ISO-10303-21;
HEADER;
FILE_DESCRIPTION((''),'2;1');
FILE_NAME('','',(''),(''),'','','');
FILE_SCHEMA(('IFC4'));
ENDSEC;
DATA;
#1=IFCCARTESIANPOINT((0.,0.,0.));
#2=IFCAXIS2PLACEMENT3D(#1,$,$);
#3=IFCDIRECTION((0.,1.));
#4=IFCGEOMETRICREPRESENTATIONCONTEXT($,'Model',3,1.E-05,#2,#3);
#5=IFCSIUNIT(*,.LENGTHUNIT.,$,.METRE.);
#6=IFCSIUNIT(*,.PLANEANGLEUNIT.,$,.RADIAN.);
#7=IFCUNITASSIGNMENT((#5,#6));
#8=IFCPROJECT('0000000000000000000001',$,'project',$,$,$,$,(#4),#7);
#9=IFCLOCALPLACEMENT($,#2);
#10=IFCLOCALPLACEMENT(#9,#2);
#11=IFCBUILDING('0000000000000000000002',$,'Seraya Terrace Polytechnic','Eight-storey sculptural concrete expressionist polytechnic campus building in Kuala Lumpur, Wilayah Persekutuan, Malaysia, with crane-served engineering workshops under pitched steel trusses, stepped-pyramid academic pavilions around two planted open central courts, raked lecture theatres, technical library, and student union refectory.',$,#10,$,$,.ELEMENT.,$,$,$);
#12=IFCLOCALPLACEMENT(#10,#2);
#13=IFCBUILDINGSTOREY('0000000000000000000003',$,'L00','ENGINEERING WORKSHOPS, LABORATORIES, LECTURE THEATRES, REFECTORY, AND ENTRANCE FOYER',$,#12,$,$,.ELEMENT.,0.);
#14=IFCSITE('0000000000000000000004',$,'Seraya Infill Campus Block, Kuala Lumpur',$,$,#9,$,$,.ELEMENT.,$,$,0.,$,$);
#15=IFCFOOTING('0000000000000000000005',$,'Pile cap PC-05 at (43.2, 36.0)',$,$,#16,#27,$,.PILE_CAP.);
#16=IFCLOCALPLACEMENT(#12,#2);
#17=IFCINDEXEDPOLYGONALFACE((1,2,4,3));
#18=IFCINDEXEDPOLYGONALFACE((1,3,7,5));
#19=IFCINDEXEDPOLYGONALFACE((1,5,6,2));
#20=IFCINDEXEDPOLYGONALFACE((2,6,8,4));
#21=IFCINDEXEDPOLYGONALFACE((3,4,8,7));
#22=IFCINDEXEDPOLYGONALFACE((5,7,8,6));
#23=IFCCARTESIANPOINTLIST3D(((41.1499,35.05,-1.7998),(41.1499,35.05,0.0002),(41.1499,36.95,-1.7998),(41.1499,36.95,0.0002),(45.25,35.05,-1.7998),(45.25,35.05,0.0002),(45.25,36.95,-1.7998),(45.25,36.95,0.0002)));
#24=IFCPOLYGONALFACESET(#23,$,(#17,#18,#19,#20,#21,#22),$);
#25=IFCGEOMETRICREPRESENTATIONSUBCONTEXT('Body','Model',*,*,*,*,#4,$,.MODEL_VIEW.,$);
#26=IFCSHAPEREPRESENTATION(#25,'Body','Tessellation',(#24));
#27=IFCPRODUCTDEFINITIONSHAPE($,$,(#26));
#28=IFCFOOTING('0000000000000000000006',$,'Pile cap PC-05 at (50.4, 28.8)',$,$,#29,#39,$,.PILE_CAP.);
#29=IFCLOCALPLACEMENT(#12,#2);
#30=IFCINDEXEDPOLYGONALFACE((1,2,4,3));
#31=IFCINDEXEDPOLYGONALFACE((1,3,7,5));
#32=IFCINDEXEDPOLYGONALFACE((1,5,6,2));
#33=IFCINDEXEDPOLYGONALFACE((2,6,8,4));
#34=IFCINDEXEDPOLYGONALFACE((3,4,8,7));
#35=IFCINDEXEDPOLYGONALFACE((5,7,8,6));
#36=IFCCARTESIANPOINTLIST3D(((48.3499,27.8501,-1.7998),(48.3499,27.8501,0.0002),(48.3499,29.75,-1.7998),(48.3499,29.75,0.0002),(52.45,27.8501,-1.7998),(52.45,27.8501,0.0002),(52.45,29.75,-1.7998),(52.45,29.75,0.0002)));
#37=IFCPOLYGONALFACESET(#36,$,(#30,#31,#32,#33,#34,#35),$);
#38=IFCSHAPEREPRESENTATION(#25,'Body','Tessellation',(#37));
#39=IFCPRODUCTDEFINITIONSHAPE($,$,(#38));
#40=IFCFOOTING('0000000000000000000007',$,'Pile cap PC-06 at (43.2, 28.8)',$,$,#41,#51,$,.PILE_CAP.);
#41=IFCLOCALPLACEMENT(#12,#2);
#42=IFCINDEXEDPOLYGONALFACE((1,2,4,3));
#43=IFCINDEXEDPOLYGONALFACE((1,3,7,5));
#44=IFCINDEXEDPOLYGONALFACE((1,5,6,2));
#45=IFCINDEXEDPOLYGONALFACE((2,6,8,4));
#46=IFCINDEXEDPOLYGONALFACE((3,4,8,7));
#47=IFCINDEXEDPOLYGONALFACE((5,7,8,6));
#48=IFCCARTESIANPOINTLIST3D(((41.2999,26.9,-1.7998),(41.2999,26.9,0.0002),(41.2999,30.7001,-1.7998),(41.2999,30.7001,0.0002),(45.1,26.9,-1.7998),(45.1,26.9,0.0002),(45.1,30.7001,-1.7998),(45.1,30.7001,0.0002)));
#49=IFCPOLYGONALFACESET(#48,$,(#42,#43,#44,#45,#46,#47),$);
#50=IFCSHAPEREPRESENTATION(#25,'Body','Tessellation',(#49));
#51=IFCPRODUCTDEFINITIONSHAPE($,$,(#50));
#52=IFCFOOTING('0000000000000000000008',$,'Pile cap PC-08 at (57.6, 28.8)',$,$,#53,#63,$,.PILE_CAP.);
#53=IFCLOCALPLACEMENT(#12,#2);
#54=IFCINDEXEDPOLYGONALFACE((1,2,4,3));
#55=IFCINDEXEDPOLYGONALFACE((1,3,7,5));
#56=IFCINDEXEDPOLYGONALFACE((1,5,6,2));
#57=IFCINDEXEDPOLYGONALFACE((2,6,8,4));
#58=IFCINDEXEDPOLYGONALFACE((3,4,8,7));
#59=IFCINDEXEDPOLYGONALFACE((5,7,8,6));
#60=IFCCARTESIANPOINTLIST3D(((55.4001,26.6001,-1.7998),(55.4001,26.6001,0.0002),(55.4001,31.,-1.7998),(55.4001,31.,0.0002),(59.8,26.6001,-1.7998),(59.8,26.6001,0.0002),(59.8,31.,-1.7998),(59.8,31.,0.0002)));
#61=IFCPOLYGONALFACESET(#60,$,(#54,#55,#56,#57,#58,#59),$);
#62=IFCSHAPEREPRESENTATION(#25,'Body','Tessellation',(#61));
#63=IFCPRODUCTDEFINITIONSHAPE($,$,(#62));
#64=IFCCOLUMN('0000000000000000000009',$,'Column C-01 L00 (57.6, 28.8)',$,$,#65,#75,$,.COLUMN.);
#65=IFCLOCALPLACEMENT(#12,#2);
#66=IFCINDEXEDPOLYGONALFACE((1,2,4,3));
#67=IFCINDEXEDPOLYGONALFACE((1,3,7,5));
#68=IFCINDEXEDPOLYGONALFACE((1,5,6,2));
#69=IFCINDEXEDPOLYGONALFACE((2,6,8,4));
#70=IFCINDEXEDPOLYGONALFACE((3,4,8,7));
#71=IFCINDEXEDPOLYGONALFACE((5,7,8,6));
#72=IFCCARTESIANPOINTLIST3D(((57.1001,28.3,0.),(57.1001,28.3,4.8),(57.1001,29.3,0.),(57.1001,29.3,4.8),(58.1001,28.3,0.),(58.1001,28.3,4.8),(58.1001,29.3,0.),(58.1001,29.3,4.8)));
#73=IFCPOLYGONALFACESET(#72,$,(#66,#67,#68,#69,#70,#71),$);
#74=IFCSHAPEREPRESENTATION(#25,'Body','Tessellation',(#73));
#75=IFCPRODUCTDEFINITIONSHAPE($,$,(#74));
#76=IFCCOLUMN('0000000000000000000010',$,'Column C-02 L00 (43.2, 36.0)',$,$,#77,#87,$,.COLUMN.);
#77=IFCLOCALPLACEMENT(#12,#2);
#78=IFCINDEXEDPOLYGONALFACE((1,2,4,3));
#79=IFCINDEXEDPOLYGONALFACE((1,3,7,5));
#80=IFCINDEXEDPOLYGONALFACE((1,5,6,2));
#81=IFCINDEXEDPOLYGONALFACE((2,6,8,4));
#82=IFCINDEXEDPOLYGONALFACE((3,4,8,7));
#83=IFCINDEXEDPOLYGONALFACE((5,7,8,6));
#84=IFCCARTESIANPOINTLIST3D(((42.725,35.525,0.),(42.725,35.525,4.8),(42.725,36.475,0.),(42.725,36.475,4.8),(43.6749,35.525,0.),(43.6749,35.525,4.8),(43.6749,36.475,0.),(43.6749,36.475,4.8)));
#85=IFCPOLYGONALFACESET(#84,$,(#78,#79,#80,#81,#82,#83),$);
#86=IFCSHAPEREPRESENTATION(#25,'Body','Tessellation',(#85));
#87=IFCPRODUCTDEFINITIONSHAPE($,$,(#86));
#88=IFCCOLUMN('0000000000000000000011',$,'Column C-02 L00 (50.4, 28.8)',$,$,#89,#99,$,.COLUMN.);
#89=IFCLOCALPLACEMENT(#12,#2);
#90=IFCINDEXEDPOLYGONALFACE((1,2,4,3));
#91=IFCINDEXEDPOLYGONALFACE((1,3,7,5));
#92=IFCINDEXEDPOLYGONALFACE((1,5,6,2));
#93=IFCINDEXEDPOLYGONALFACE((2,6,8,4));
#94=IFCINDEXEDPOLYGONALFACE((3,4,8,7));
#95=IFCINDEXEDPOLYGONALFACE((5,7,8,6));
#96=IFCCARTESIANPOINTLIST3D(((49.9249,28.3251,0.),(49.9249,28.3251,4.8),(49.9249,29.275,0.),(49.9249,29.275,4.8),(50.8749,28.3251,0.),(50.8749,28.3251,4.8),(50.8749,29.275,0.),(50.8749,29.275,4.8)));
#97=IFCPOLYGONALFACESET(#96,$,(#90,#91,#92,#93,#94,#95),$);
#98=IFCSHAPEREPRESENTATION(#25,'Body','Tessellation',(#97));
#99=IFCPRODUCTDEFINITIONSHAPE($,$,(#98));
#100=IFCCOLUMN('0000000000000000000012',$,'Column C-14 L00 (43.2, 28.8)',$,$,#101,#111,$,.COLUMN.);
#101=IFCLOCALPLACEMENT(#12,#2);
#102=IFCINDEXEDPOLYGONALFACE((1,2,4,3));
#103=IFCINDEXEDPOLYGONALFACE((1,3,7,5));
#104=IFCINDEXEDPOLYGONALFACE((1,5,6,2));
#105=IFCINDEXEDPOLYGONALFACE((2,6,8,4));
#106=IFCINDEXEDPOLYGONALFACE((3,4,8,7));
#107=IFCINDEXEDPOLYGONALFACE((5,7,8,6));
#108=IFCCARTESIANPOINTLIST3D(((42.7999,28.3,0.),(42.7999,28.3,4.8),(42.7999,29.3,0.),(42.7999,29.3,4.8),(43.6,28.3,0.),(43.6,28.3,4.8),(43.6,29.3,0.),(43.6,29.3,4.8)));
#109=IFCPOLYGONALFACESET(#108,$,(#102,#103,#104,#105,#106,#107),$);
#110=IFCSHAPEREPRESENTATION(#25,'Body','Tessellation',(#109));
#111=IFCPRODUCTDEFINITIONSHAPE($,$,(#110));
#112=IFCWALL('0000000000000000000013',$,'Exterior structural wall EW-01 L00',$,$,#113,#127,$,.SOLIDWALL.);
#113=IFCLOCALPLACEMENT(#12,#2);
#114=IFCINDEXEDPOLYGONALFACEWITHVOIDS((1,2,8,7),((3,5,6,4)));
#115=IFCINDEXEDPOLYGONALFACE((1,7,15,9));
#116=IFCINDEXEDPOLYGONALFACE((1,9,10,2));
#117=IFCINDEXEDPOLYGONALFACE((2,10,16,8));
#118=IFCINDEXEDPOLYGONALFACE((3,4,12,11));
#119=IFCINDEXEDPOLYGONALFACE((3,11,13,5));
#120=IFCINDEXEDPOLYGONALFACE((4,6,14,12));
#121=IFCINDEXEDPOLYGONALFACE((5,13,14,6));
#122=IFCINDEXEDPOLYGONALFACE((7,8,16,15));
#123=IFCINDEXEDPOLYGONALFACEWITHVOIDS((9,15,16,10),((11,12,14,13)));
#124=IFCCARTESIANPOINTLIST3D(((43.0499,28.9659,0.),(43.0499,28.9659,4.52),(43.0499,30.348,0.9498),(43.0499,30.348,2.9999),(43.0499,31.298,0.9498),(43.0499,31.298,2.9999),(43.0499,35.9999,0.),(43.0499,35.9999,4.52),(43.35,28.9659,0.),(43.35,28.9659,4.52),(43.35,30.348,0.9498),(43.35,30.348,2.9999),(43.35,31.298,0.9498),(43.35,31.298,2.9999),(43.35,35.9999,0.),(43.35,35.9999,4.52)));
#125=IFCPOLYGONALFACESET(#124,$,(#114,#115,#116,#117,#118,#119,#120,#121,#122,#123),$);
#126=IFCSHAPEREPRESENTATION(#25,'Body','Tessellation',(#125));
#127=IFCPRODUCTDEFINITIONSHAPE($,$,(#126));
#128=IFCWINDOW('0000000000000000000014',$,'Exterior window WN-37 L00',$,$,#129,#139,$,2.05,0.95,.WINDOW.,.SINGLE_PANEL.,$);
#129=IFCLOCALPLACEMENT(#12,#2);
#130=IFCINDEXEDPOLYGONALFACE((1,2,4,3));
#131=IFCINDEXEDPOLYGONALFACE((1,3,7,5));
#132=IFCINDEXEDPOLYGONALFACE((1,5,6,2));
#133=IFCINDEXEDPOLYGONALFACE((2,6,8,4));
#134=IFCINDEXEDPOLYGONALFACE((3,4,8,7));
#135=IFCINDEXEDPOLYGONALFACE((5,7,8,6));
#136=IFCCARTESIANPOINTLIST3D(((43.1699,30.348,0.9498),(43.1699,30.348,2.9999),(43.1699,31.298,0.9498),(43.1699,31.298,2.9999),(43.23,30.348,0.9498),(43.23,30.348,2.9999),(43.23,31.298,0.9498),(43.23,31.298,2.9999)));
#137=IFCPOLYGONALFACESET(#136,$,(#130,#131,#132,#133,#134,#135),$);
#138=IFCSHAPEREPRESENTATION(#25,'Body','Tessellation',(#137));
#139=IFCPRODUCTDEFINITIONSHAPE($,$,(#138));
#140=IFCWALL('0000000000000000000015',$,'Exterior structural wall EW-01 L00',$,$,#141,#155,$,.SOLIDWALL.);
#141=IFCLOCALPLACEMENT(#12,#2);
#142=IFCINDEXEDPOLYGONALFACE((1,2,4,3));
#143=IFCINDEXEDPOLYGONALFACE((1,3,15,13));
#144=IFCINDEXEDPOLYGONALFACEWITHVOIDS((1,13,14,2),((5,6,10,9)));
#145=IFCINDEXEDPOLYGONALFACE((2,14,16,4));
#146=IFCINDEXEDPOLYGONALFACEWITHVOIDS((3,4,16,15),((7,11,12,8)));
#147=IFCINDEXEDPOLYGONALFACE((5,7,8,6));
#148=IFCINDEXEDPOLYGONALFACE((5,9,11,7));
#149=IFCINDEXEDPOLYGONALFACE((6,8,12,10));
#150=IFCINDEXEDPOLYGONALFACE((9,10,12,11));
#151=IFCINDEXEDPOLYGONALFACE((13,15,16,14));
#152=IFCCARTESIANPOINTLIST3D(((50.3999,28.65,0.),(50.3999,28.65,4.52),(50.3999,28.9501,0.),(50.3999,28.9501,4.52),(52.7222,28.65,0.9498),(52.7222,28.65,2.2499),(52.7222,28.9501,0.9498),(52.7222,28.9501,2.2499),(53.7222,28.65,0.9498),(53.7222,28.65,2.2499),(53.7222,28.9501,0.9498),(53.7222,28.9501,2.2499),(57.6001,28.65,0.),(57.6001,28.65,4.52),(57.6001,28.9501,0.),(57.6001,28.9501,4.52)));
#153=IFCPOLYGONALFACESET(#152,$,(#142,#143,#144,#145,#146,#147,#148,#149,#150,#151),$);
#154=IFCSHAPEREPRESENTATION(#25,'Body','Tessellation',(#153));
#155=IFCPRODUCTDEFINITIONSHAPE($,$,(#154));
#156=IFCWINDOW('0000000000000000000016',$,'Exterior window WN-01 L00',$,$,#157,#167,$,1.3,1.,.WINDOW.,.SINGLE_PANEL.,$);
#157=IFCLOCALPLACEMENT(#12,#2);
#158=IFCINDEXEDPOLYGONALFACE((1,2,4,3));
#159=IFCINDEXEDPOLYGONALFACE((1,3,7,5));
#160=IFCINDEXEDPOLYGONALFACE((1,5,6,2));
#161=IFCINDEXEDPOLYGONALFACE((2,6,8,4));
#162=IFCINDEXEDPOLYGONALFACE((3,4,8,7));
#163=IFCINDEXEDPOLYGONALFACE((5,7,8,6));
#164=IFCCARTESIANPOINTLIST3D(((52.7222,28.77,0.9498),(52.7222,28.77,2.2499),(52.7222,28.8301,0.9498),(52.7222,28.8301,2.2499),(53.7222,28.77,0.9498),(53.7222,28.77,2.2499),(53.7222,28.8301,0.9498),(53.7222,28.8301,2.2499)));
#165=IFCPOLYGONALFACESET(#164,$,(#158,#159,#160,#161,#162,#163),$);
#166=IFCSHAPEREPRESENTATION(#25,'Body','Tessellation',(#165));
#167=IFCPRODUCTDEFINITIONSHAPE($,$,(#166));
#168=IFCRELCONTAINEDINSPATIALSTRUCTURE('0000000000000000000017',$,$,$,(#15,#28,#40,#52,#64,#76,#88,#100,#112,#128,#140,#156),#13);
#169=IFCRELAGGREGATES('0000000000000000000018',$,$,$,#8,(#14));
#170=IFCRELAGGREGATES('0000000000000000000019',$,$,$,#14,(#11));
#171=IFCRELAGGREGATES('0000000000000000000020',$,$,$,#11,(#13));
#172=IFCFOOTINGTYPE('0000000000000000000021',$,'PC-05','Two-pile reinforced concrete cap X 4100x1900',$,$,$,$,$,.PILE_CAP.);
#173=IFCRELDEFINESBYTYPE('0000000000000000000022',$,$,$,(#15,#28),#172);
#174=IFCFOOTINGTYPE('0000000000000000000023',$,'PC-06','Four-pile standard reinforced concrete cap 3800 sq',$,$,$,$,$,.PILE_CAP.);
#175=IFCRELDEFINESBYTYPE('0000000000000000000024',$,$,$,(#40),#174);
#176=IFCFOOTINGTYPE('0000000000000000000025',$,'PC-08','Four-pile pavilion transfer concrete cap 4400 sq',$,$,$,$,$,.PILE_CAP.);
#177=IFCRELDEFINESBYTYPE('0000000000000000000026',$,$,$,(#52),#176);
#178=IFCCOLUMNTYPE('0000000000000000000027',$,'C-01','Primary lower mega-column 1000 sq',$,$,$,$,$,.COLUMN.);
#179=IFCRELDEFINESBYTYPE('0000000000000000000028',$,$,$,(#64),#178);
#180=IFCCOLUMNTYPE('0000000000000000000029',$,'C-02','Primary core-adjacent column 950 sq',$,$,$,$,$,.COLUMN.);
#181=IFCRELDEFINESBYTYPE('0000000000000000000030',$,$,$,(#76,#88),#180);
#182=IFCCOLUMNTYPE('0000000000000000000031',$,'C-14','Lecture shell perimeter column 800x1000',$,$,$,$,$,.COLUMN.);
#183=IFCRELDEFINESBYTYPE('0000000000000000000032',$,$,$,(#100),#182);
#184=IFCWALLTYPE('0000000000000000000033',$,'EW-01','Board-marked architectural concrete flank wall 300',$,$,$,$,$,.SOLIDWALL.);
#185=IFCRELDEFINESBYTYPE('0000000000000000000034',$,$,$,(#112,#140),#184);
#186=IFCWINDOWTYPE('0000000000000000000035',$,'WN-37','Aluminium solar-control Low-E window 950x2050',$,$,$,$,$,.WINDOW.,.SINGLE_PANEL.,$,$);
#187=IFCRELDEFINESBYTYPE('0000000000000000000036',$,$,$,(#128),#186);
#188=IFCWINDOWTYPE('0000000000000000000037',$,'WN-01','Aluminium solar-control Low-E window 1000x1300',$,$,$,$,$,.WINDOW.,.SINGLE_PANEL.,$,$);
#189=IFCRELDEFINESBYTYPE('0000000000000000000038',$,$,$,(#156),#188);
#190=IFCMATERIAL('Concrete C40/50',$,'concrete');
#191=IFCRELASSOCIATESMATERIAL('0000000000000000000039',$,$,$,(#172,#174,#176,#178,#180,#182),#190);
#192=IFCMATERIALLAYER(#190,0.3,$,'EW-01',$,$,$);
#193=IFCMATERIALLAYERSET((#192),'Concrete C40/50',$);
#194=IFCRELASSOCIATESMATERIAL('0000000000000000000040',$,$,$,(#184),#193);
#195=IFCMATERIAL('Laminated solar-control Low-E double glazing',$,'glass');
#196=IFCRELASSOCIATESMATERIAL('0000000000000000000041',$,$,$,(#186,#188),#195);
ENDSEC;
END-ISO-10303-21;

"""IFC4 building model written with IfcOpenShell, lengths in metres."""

from ifc_helpers import new_model, si_unit, direction, frame, frame_2d, origin, origin_2d, place, context, subcontext, project, spatial, rectangle, extrude, material, layer, layer_set, material_profile, profile_set, type_object, element, fill, save


model = new_model("IFC4")

# Units and contexts
model_context = context("Model", 3, precision=1e-05, world=origin(), true_north=direction((0.0, 1.0)))
body_context = subcontext(model_context, "Body", "Model", "MODEL_VIEW")
ifc_project = project(units=[si_unit("LENGTHUNIT", "METRE"), si_unit("PLANEANGLEUNIT", "RADIAN")], contexts=[model_context])

# Site, building, storey
site_placement = place(None, origin())
site = spatial("IfcSite", under=ifc_project, at=site_placement, Name="Seraya Infill Campus Block, Kuala Lumpur", CompositionType="ELEMENT", RefElevation=0.0)
building_placement = place(site_placement, origin())
building = spatial("IfcBuilding", under=site, at=building_placement, Name="Seraya Terrace Polytechnic", Description="Eight-storey sculptural concrete expressionist polytechnic campus building in Kuala Lumpur, Wilayah Persekutuan, Malaysia, with crane-served engineering workshops under pitched steel trusses, stepped-pyramid academic pavilions around two planted open central courts, raked lecture theatres, technical library, and student union refectory.", CompositionType="ELEMENT")
storey_placement = place(building_placement, origin())
storey = spatial("IfcBuildingStorey", under=building, at=storey_placement, Name="L00", Description="ENGINEERING WORKSHOPS, LABORATORIES, LECTURE THEATRES, REFECTORY, AND ENTRANCE FOYER", CompositionType="ELEMENT", Elevation=0.0)

# Shared definitions
ifc_material_1 = material(Name="Concrete C40/50", Category="concrete")

# Footings
footing_type_1 = type_object("IfcFootingType", Name="PC-05", Description="Two-pile reinforced concrete cap X 4100x1900", PredefinedType="PILE_CAP", material=ifc_material_1)
for number, where, z_axis, x_axis, name in (
    (1, (43.2, 36.0, -1.7998), (0.0, 0.0, 1.0), (1.0, 0.0, 0.0), "Pile cap PC-05 at (43.2, 36.0)"),
    (2, (50.3999, 28.8, -1.7998), (0.0, 0.0, 1.0), (1.0, 0.0, 0.0), "Pile cap PC-05 at (50.4, 28.8)"),
):
    element("IfcFooting", number, at=place(storey_placement, frame(where, z_axis=z_axis, x_axis=x_axis)), inside=storey, type_object=footing_type_1, Name=name, PredefinedType="PILE_CAP", context=body_context, shape_type="SweptSolid", body=[
        extrude(rectangle(XDim=4.1001, YDim=1.8999, at=origin_2d()), origin(), (0.0, 0.0, 1.0), 1.8),
    ])
footing_type_2 = type_object("IfcFootingType", Name="PC-06", Description="Four-pile standard reinforced concrete cap 3800 sq", PredefinedType="PILE_CAP", material=ifc_material_1)
footing_1_placement = place(storey_placement, frame((43.2, 28.8, -1.7998), z_axis=(0.0, 0.0, 1.0), x_axis=(1.0, 0.0, 0.0)))
element("IfcFooting", 3, at=footing_1_placement, inside=storey, type_object=footing_type_2, Name="Pile cap PC-06 at (43.2, 28.8)", PredefinedType="PILE_CAP", context=body_context, shape_type="SweptSolid", body=[
    extrude(rectangle(XDim=3.8, YDim=3.8, at=origin_2d()), origin(), (0.0, 0.0, 1.0), 1.8),
])
footing_type_3 = type_object("IfcFootingType", Name="PC-08", Description="Four-pile pavilion transfer concrete cap 4400 sq", PredefinedType="PILE_CAP", material=ifc_material_1)
footing_2_placement = place(storey_placement, frame((57.6001, 28.8, -1.7998), z_axis=(0.0, 0.0, 1.0), x_axis=(1.0, 0.0, 0.0)))
element("IfcFooting", 4, at=footing_2_placement, inside=storey, type_object=footing_type_3, Name="Pile cap PC-08 at (57.6, 28.8)", PredefinedType="PILE_CAP", context=body_context, shape_type="SweptSolid", body=[
    extrude(rectangle(XDim=4.3999, YDim=4.3999, at=origin_2d()), origin(), (0.0, 0.0, 1.0), 1.8),
])

# Columns
ifc_material_profile_1 = material_profile(ifc_material_1, rectangle(XDim=1.0, YDim=1.0, at=origin_2d()), Name="RC 1000x1000")
ifc_profile_set_1 = profile_set([ifc_material_profile_1], Name="Concrete C40/50")
column_type_1 = type_object("IfcColumnType", Name="C-01", Description="Primary lower mega-column 1000 sq", PredefinedType="COLUMN", material=ifc_profile_set_1)
column_1_placement = place(storey_placement, frame((57.6001, 28.8, 0.0), z_axis=(0.0, 0.0, 1.0), x_axis=(1.0, 0.0, 0.0)))
element("IfcColumn", 5, at=column_1_placement, inside=storey, type_object=column_type_1, Name="Column C-01 L00 (57.6, 28.8)", PredefinedType="COLUMN", context=body_context, shape_type="SweptSolid", body=[
    extrude(rectangle(XDim=1.0, YDim=1.0, at=origin_2d()), origin(), (0.0, 0.0, 1.0), 4.8),
])
ifc_material_profile_2 = material_profile(ifc_material_1, rectangle(XDim=0.95, YDim=0.95, at=origin_2d()), Name="RC 950x950")
ifc_profile_set_2 = profile_set([ifc_material_profile_2], Name="Concrete C40/50")
column_type_2 = type_object("IfcColumnType", Name="C-02", Description="Primary core-adjacent column 950 sq", PredefinedType="COLUMN", material=ifc_profile_set_2)
for number, where, z_axis, x_axis, name in (
    (6, (43.2, 36.0, 0.0), (0.0, 0.0, 1.0), (1.0, 0.0, 0.0), "Column C-02 L00 (43.2, 36.0)"),
    (7, (50.3999, 28.8, 0.0), (0.0, 0.0, 1.0), (1.0, 0.0, 0.0), "Column C-02 L00 (50.4, 28.8)"),
):
    element("IfcColumn", number, at=place(storey_placement, frame(where, z_axis=z_axis, x_axis=x_axis)), inside=storey, type_object=column_type_2, Name=name, PredefinedType="COLUMN", context=body_context, shape_type="SweptSolid", body=[
        extrude(rectangle(XDim=0.95, YDim=0.95, at=origin_2d()), origin(), (0.0, 0.0, 1.0), 4.8),
    ])
ifc_material_profile_3 = material_profile(ifc_material_1, rectangle(XDim=0.8, YDim=1.0, at=origin_2d()), Name="RC 800x1000")
ifc_profile_set_3 = profile_set([ifc_material_profile_3], Name="Concrete C40/50")
column_type_3 = type_object("IfcColumnType", Name="C-14", Description="Lecture shell perimeter column 800x1000", PredefinedType="COLUMN", material=ifc_profile_set_3)
column_2_placement = place(storey_placement, frame((43.2, 28.8, 0.0), z_axis=(0.0, 0.0, 1.0), x_axis=(1.0, 0.0, 0.0)))
element("IfcColumn", 8, at=column_2_placement, inside=storey, type_object=column_type_3, Name="Column C-14 L00 (43.2, 28.8)", PredefinedType="COLUMN", context=body_context, shape_type="SweptSolid", body=[
    extrude(rectangle(XDim=0.8, YDim=1.0, at=origin_2d()), origin(), (0.0, 0.0, 1.0), 4.8),
])

# Walls, openings, windows
ifc_layer = layer(ifc_material_1, 0.3, Name="EW-01")
ifc_layer_set = layer_set([ifc_layer], Name="Concrete C40/50")
wall_type = type_object("IfcWallType", Name="EW-01", Description="Board-marked architectural concrete flank wall 300", PredefinedType="SOLIDWALL", material=ifc_layer_set)
wall_1_placement = place(storey_placement, frame((43.2, 36.0, 0.0), z_axis=(0.0, 0.0, 1.0), x_axis=(0.0, -1.0, 0.0)))
wall_1 = element("IfcWall", 9, at=wall_1_placement, inside=storey, type_object=wall_type, Name="Exterior structural wall EW-01 L00", PredefinedType="SOLIDWALL", context=body_context, shape_type="SweptSolid", body=[
    extrude(rectangle(XDim=7.0339, YDim=0.3, at=frame_2d((3.5171, 0.0))), origin(), (0.0, 0.0, 1.0), 4.52),
])
opening_1_placement = place(wall_1_placement, frame((4.7019, 0.0, 0.95)))
opening_1 = element("IfcOpeningElement", 10, at=opening_1_placement, cuts=wall_1, PredefinedType="OPENING", context=body_context, shape_type="SweptSolid", body=[
    extrude(rectangle(XDim=0.95, YDim=2.05, at=frame_2d((0.4751, 1.0249))), frame((0.0, 0.1621, 0.0), z_axis=(0.0, -1.0, 0.0), x_axis=(1.0, 0.0, 0.0)), (0.0, 0.0, 1.0), 0.324),
])
ifc_material_2 = material(Name="Laminated solar-control Low-E double glazing", Category="glass")
window_type_1 = type_object("IfcWindowType", Name="WN-37", Description="Aluminium solar-control Low-E window 950x2050", PartitioningType="SINGLE_PANEL", PredefinedType="WINDOW", material=ifc_material_2)
window_1_placement = place(opening_1_placement, origin())
window_1 = element("IfcWindow", 11, at=window_1_placement, inside=storey, type_object=window_type_1, Name="Exterior window WN-37 L00", OverallHeight=2.05, OverallWidth=0.95, PartitioningType="SINGLE_PANEL", PredefinedType="WINDOW", context=body_context, shape_type="SweptSolid", body=[
    extrude(rectangle(XDim=0.95, YDim=2.05, at=frame_2d((0.4751, 1.0249))), frame((0.0, 0.03, 0.0), z_axis=(0.0, -1.0, 0.0), x_axis=(1.0, 0.0, 0.0)), (0.0, 0.0, 1.0), 0.0601),
])
fill(opening_1, window_1)
wall_2_placement = place(storey_placement, frame((50.3999, 28.8, 0.0), z_axis=(0.0, 0.0, 1.0), x_axis=(1.0, 0.0, 0.0)))
wall_2 = element("IfcWall", 12, at=wall_2_placement, inside=storey, type_object=wall_type, Name="Exterior structural wall EW-01 L00", PredefinedType="SOLIDWALL", context=body_context, shape_type="SweptSolid", body=[
    extrude(rectangle(XDim=7.2002, YDim=0.3, at=frame_2d((3.6001, 0.0))), origin(), (0.0, 0.0, 1.0), 4.52),
])
opening_2_placement = place(wall_2_placement, frame((2.3223, 0.0, 0.95)))
opening_2 = element("IfcOpeningElement", 13, at=opening_2_placement, cuts=wall_2, PredefinedType="OPENING", context=body_context, shape_type="SweptSolid", body=[
    extrude(rectangle(XDim=1.0, YDim=1.3, at=frame_2d((0.5, 0.6499))), frame((0.0, 0.1621, 0.0), z_axis=(0.0, -1.0, 0.0), x_axis=(1.0, 0.0, 0.0)), (0.0, 0.0, 1.0), 0.324),
])
window_type_2 = type_object("IfcWindowType", Name="WN-01", Description="Aluminium solar-control Low-E window 1000x1300", PartitioningType="SINGLE_PANEL", PredefinedType="WINDOW", material=ifc_material_2)
window_2_placement = place(opening_2_placement, origin())
window_2 = element("IfcWindow", 14, at=window_2_placement, inside=storey, type_object=window_type_2, Name="Exterior window WN-01 L00", OverallHeight=1.3, OverallWidth=1.0, PartitioningType="SINGLE_PANEL", PredefinedType="WINDOW", context=body_context, shape_type="SweptSolid", body=[
    extrude(rectangle(XDim=1.0, YDim=1.3, at=frame_2d((0.5, 0.6499))), frame((0.0, 0.03, 0.0), z_axis=(0.0, -1.0, 0.0), x_axis=(1.0, 0.0, 0.0)), (0.0, 0.0, 1.0), 0.0601),
])
fill(opening_2, window_2)

save(model, "model.ifc")
